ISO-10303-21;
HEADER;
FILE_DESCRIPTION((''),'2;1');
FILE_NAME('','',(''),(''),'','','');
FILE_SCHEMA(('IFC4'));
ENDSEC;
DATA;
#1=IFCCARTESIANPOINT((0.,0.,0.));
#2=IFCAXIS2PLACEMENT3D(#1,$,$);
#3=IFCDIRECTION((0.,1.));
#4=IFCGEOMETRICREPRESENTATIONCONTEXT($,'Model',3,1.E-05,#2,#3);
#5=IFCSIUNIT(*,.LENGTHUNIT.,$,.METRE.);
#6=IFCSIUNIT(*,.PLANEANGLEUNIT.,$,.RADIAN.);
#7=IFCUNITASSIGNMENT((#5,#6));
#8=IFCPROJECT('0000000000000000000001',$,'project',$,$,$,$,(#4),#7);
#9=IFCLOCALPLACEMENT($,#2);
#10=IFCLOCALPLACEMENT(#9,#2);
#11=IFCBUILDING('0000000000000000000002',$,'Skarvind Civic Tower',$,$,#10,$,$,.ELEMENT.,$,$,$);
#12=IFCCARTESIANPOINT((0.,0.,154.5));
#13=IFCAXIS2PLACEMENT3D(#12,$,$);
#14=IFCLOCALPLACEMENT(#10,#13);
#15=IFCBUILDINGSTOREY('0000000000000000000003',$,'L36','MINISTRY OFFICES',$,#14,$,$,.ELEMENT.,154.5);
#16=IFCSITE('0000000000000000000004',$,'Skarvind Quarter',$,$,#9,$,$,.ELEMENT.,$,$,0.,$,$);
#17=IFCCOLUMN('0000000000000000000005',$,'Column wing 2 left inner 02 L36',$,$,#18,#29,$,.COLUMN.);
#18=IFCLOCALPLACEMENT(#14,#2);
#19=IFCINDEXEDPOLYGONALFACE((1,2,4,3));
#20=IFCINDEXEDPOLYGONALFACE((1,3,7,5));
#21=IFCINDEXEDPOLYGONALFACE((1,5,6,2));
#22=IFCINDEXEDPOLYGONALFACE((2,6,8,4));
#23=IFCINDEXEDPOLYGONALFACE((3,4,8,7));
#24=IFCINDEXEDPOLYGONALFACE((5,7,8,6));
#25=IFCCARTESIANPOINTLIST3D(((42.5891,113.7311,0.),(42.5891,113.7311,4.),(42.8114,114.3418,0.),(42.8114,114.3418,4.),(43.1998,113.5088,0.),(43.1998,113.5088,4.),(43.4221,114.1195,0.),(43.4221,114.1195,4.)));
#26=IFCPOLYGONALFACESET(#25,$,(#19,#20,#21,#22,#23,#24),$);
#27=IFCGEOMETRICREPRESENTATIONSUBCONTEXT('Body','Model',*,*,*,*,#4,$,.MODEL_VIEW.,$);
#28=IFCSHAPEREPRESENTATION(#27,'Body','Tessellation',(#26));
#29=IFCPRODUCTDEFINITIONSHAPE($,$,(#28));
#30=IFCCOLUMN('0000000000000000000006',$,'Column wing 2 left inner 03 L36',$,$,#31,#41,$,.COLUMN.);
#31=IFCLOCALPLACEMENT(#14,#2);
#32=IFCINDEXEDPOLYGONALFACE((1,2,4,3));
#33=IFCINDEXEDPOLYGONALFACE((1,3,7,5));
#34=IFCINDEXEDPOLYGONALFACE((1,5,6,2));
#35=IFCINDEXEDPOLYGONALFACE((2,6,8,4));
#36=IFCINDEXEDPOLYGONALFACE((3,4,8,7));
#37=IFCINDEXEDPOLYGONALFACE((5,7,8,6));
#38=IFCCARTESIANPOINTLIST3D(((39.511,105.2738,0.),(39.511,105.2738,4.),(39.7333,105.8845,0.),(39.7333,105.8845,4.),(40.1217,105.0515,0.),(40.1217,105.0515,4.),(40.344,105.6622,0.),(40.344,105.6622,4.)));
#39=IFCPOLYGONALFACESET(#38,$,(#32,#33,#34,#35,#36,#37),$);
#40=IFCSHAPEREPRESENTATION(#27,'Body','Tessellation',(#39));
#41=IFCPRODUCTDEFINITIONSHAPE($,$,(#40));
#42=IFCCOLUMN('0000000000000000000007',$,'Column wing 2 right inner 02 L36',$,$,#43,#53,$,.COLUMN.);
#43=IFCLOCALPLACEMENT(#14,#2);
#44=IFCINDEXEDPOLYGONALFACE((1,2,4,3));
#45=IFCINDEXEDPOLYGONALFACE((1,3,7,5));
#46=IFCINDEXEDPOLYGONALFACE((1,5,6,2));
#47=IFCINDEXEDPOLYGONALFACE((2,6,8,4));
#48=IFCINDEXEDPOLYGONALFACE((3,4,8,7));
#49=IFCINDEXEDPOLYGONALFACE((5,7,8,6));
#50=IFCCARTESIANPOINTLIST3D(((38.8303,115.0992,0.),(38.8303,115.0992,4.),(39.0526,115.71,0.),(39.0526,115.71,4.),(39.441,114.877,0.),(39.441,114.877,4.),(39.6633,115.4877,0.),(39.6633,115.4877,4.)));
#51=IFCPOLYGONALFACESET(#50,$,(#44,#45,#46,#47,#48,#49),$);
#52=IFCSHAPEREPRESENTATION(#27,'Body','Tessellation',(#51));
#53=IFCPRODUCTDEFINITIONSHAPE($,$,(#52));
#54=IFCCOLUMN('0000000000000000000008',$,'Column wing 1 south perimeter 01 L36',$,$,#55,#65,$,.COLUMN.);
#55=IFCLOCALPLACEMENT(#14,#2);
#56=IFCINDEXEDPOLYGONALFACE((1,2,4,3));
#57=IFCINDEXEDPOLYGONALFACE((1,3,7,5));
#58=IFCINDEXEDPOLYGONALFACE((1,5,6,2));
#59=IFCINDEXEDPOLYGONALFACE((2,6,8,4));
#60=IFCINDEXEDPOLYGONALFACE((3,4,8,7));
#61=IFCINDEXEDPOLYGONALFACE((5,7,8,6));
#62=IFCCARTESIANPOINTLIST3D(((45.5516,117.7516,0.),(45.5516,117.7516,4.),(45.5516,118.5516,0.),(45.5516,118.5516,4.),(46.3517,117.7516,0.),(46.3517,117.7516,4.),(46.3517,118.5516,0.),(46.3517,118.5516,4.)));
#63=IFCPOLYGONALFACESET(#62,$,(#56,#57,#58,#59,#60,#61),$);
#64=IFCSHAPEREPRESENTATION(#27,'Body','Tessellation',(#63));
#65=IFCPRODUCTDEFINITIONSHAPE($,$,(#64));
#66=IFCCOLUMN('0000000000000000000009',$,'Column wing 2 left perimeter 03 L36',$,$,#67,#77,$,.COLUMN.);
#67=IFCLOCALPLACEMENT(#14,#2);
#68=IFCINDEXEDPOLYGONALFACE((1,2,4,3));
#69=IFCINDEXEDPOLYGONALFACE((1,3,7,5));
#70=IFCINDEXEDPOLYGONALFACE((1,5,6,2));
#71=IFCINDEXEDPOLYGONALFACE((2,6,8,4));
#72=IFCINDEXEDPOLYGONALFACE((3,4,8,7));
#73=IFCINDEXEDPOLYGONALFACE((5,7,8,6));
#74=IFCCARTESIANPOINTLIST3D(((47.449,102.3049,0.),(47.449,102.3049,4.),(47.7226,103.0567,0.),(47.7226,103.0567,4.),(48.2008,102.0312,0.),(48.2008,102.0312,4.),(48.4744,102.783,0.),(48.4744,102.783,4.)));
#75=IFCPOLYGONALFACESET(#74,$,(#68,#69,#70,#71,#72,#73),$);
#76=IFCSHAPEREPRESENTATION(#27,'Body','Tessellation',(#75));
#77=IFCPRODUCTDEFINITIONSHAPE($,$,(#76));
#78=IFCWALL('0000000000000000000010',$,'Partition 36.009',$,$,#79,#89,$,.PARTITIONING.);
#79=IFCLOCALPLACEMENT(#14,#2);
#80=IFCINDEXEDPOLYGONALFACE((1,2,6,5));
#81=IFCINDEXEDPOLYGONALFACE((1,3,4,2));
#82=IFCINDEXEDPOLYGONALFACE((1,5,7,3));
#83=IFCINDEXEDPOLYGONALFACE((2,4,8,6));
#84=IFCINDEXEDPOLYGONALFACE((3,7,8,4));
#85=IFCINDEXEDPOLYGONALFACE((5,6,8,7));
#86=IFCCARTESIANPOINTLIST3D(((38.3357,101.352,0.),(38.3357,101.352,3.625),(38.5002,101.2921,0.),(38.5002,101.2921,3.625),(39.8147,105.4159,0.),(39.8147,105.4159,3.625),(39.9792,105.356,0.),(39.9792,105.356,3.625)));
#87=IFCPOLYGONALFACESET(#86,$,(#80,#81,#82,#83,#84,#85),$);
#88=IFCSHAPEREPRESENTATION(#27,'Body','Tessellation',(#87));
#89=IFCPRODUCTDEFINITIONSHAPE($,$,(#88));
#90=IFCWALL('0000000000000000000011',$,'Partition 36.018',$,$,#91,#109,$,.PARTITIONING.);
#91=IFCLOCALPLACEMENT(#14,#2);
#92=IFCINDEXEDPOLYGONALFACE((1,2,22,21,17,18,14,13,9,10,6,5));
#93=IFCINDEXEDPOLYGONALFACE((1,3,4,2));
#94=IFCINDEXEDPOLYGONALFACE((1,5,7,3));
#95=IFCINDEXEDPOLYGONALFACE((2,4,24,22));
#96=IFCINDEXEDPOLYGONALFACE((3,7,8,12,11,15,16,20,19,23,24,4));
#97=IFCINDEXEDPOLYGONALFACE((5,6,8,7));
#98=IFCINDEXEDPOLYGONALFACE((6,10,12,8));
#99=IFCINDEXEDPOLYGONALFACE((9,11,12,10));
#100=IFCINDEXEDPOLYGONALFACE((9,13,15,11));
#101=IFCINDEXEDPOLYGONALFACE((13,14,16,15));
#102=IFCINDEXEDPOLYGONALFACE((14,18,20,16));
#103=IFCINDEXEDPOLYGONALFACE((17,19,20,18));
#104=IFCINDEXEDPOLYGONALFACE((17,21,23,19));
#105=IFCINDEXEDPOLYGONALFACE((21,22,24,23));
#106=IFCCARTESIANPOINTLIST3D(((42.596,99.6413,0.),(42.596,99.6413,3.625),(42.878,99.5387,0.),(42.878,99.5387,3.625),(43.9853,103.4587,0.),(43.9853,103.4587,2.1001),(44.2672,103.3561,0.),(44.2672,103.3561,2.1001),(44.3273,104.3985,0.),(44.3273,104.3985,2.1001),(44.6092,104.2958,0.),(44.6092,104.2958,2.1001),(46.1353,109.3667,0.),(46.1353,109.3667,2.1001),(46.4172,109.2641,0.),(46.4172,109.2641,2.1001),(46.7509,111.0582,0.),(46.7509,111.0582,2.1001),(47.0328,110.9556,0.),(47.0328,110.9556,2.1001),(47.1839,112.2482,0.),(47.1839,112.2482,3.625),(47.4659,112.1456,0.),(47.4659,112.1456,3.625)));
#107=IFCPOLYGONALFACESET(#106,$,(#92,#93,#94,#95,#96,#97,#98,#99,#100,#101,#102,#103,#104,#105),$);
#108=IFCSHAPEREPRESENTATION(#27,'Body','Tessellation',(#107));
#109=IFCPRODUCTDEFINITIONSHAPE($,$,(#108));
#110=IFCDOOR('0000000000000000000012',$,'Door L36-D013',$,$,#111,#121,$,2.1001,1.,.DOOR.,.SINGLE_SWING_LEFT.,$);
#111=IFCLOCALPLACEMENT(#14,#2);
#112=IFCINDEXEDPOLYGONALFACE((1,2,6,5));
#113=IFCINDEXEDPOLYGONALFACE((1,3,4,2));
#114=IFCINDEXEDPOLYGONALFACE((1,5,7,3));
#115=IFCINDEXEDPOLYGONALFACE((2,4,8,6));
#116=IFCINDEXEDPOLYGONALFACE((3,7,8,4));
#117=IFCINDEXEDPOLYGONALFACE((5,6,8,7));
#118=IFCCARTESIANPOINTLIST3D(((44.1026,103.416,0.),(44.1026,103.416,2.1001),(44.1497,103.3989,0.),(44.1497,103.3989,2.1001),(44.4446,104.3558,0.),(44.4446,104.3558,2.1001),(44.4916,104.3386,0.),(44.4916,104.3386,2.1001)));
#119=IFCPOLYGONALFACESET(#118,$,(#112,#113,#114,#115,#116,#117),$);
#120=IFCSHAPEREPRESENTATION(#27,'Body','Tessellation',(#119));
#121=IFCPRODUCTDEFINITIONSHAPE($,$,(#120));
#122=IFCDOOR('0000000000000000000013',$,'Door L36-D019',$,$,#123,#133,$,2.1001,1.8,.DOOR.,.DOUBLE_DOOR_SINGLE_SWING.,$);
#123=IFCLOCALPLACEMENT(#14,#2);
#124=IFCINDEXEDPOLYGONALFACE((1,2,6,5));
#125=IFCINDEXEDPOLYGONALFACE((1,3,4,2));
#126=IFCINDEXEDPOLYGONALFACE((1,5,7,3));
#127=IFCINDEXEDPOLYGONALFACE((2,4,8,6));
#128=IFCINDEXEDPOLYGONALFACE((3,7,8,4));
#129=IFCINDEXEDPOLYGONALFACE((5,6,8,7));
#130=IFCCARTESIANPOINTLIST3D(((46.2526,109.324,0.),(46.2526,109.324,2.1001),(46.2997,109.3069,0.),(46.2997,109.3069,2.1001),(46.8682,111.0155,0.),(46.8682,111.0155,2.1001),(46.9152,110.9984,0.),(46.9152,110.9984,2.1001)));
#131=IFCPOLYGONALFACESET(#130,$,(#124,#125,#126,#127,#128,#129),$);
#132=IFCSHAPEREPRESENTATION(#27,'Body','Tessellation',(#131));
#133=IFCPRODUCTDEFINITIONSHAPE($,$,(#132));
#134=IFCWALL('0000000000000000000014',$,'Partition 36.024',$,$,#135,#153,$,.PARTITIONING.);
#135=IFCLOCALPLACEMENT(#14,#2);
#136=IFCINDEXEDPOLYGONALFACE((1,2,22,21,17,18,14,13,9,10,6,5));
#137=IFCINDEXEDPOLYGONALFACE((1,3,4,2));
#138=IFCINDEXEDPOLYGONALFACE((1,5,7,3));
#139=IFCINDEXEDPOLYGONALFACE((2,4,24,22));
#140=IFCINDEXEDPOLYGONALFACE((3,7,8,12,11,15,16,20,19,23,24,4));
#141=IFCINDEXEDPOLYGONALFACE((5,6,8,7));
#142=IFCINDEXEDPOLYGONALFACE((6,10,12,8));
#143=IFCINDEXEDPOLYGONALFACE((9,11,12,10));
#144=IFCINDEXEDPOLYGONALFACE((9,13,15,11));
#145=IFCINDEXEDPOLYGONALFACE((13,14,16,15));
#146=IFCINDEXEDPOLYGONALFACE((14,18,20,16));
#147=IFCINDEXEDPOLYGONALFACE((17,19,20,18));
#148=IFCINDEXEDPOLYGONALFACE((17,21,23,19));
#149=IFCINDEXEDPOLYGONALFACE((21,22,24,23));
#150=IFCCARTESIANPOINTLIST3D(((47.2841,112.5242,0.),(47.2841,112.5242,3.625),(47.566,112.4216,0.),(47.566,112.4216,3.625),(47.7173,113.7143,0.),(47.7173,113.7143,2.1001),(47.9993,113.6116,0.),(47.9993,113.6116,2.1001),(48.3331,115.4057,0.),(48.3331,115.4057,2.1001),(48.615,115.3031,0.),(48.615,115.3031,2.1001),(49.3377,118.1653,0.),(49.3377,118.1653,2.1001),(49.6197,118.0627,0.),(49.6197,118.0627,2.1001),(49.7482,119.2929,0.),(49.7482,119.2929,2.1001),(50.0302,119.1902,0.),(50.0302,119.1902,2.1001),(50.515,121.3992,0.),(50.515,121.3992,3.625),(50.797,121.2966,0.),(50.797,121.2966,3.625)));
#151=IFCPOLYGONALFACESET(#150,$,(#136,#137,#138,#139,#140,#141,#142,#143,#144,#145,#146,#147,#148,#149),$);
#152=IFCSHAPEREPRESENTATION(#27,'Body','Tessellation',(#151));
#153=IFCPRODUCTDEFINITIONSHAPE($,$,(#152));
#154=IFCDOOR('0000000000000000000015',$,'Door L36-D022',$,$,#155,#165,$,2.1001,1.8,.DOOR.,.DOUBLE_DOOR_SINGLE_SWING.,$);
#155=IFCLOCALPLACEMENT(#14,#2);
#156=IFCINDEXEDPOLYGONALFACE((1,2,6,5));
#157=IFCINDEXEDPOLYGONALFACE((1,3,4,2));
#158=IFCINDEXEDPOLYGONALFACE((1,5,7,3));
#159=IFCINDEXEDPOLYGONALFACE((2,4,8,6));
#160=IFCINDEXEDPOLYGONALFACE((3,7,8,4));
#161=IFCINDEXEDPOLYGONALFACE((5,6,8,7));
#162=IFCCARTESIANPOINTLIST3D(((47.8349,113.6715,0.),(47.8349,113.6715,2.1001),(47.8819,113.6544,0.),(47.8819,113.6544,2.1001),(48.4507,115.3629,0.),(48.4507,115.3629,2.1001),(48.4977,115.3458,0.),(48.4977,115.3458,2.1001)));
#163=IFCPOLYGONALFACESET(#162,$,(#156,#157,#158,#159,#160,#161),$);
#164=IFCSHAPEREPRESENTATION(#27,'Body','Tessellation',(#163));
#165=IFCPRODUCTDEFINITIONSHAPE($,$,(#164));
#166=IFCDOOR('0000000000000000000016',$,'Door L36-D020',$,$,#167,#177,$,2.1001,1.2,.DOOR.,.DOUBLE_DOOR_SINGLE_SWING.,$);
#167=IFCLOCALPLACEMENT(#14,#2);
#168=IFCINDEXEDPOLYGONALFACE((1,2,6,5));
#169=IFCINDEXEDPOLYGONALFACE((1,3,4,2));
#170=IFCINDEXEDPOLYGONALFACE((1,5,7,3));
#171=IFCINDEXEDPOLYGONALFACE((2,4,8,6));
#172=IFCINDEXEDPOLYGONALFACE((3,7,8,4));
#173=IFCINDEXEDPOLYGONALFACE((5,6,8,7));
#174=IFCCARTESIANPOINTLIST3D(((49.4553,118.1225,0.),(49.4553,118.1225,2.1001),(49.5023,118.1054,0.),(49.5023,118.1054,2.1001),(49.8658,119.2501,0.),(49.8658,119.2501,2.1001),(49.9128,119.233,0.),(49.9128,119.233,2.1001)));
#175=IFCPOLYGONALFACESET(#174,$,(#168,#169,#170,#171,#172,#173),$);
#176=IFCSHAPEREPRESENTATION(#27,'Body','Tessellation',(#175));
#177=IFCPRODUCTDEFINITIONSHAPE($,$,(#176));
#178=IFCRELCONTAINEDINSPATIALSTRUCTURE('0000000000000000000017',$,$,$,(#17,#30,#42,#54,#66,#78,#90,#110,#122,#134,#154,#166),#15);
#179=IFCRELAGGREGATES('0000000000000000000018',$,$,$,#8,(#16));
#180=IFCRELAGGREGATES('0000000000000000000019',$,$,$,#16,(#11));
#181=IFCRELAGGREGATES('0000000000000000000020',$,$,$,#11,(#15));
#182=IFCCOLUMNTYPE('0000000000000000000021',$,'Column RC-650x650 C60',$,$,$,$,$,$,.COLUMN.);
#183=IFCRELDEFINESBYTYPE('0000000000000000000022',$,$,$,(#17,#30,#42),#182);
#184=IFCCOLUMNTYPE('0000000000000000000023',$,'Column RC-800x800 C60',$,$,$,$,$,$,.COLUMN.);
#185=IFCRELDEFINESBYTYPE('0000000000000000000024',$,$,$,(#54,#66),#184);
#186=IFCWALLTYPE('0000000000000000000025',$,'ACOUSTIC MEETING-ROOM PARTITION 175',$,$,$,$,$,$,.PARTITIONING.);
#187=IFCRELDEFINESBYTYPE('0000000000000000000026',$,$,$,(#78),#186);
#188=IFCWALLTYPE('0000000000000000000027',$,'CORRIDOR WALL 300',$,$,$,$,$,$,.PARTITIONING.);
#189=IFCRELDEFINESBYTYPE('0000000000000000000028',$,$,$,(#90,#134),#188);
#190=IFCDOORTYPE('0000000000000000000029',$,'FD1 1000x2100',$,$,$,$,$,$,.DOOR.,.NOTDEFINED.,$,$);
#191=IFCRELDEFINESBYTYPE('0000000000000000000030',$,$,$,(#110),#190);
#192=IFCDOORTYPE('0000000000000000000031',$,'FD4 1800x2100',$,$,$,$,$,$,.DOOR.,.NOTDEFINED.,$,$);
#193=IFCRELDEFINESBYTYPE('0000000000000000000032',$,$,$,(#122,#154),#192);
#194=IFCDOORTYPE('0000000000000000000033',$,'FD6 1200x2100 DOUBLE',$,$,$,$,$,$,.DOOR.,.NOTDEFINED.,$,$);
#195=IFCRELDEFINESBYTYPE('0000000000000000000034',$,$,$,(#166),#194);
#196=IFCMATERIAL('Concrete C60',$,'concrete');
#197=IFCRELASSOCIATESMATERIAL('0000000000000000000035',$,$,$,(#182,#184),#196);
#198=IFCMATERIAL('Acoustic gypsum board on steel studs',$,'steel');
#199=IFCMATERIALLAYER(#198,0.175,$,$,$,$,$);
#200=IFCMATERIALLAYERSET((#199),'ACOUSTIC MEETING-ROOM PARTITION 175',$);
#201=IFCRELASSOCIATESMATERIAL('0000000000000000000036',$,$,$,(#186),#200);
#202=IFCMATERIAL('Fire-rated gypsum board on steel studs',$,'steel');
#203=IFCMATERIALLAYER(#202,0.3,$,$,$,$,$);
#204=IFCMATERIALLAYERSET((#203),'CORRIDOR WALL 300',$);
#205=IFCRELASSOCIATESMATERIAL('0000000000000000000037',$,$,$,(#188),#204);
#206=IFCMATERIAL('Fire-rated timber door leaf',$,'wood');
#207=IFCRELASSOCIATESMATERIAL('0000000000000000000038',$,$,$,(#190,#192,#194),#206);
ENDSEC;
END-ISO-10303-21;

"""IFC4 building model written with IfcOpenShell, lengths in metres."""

from ifc_helpers import new_model, si_unit, direction, frame, frame_2d, origin, origin_2d, place, context, subcontext, project, spatial, rectangle, extrude, material, layer, layer_set, material_profile, profile_set, type_object, element, fill, save


model = new_model("IFC4")

# Units and contexts
model_context = context("Model", 3, precision=1e-05, world=origin(), true_north=direction((0.0, 1.0)))
body_context = subcontext(model_context, "Body", "Model", "MODEL_VIEW")
ifc_project = project(units=[si_unit("LENGTHUNIT", "METRE"), si_unit("PLANEANGLEUNIT", "RADIAN")], contexts=[model_context])

# Site, building, storey
site_placement = place(None, origin())
site = spatial("IfcSite", under=ifc_project, at=site_placement, Name="Skarvind Quarter", CompositionType="ELEMENT", RefElevation=0.0)
building_placement = place(site_placement, origin())
building = spatial("IfcBuilding", under=site, at=building_placement, Name="Skarvind Civic Tower", CompositionType="ELEMENT")
storey_placement = place(building_placement, frame((0.0, 0.0, 154.5)))
storey = spatial("IfcBuildingStorey", under=building, at=storey_placement, Name="L36", Description="MINISTRY OFFICES", CompositionType="ELEMENT", Elevation=154.5)

# Columns
ifc_material_1 = material(Name="Concrete C60", Category="concrete")
ifc_material_profile_1 = material_profile(ifc_material_1, rectangle(XDim=0.6499, YDim=0.6499, at=origin_2d()), Name="RC-650x650")
ifc_profile_set_1 = profile_set([ifc_material_profile_1], Name="Concrete C60")
column_type_1 = type_object("IfcColumnType", Name="Column RC-650x650 C60", PredefinedType="COLUMN", material=ifc_profile_set_1)
for number, where, z_axis, x_axis, name in (
    (1, (43.0056, 113.9253, 0.0), (0.0, 0.0, 1.0), (-0.34202, -0.939693, 0.0), "Column wing 2 left inner 02 L36"),
    (2, (39.9275, 105.468, 0.0), (0.0, 0.0, 1.0), (-0.34202, -0.939693, 0.0), "Column wing 2 left inner 03 L36"),
    (3, (39.2468, 115.2935, 0.0), (0.0, 0.0, 1.0), (-0.34202, -0.939693, 0.0), "Column wing 2 right inner 02 L36"),
):
    element("IfcColumn", number, at=place(storey_placement, frame(where, z_axis=z_axis, x_axis=x_axis)), inside=storey, type_object=column_type_1, Name=name, PredefinedType="COLUMN", context=body_context, shape_type="SweptSolid", body=[
        extrude(rectangle(XDim=0.6499, YDim=0.6499, at=origin_2d()), origin(), (0.0, 0.0, 1.0), 4.0),
    ])
ifc_material_profile_2 = material_profile(ifc_material_1, rectangle(XDim=0.8, YDim=0.8, at=origin_2d()), Name="RC-800x800")
ifc_profile_set_2 = profile_set([ifc_material_profile_2], Name="Concrete C60")
column_type_2 = type_object("IfcColumnType", Name="Column RC-800x800 C60", PredefinedType="COLUMN", material=ifc_profile_set_2)
for number, where, z_axis, x_axis, name in (
    (4, (45.9517, 118.1516, 0.0), (0.0, 0.0, 1.0), (1.0, 0.0, 0.0), "Column wing 1 south perimeter 01 L36"),
    (5, (47.9617, 102.5439, 0.0), (0.0, 0.0, 1.0), (-0.34202, -0.939693, 0.0), "Column wing 2 left perimeter 03 L36"),
):
    element("IfcColumn", number, at=place(storey_placement, frame(where, z_axis=z_axis, x_axis=x_axis)), inside=storey, type_object=column_type_2, Name=name, PredefinedType="COLUMN", context=body_context, shape_type="SweptSolid", body=[
        extrude(rectangle(XDim=0.8, YDim=0.8, at=origin_2d()), origin(), (0.0, 0.0, 1.0), 4.0),
    ])

# Wall
ifc_material_2 = material(Name="Acoustic gypsum board on steel studs", Category="steel")
ifc_layer_1 = layer(ifc_material_2, 0.175)
ifc_layer_set_1 = layer_set([ifc_layer_1], Name="ACOUSTIC MEETING-ROOM PARTITION 175")
wall_type_1 = type_object("IfcWallType", Name="ACOUSTIC MEETING-ROOM PARTITION 175", PredefinedType="PARTITIONING", material=ifc_layer_set_1)
wall_1_placement = place(storey_placement, frame((38.418, 101.322, 0.0), z_axis=(0.0, 0.0, 1.0), x_axis=(0.341988, 0.939704, 0.0)))
element("IfcWall", 6, at=wall_1_placement, inside=storey, type_object=wall_type_1, Name="Partition 36.009", PredefinedType="PARTITIONING", context=body_context, shape_type="SweptSolid", body=[
    extrude(rectangle(XDim=4.3247, YDim=0.175, at=frame_2d((2.1624, 0.0))), origin(), (0.0, 0.0, 1.0), 3.625),
])

# Walls, openings, doors
ifc_material_3 = material(Name="Fire-rated gypsum board on steel studs", Category="steel")
ifc_layer_2 = layer(ifc_material_3, 0.3)
ifc_layer_set_2 = layer_set([ifc_layer_2], Name="CORRIDOR WALL 300")
wall_type_2 = type_object("IfcWallType", Name="CORRIDOR WALL 300", PredefinedType="PARTITIONING", material=ifc_layer_set_2)
wall_2_placement = place(storey_placement, frame((47.325, 112.197, 0.0), z_axis=(0.0, 0.0, 1.0), x_axis=(-0.341977, -0.939708, 0.0)))
wall_2 = element("IfcWall", 7, at=wall_2_placement, inside=storey, type_object=wall_type_2, Name="Partition 36.018", PredefinedType="PARTITIONING", context=body_context, shape_type="SweptSolid", body=[
    extrude(rectangle(XDim=13.4158, YDim=0.3, at=frame_2d((6.708, 0.0))), origin(), (0.0, 0.0, 1.0), 3.625),
])
opening_1_placement = place(wall_2_placement, frame((8.3535, 0.0, 0.0)))
opening_1 = element("IfcOpeningElement", 8, at=opening_1_placement, cuts=wall_2, PredefinedType="OPENING", context=body_context, shape_type="SweptSolid", body=[
    extrude(rectangle(XDim=1.0, YDim=2.1001, at=frame_2d((0.5, 1.05))), frame((0.0, 0.1599, 0.0), z_axis=(0.0, -1.0, 0.0), x_axis=(1.0, 0.0, 0.0)), (0.0, 0.0, 1.0), 0.3201),
])
opening_2_placement = place(wall_2_placement, frame((1.2666, 0.0, 0.0)))
opening_2 = element("IfcOpeningElement", 9, at=opening_2_placement, cuts=wall_2, PredefinedType="OPENING", context=body_context, shape_type="SweptSolid", body=[
    extrude(rectangle(XDim=1.8, YDim=2.1001, at=frame_2d((0.8999, 1.05))), frame((0.0, 0.1599, 0.0), z_axis=(0.0, -1.0, 0.0), x_axis=(1.0, 0.0, 0.0)), (0.0, 0.0, 1.0), 0.3201),
])
ifc_material_4 = material(Name="Fire-rated timber door leaf", Category="wood")
door_type_1 = type_object("IfcDoorType", Name="FD1 1000x2100", OperationType="NOTDEFINED", PredefinedType="DOOR", material=ifc_material_4)
door_1_placement = place(opening_1_placement, origin())
door_1 = element("IfcDoor", 10, at=door_1_placement, inside=storey, type_object=door_type_1, Name="Door L36-D013", OperationType="SINGLE_SWING_LEFT", OverallHeight=2.1001, OverallWidth=1.0, PredefinedType="DOOR", context=body_context, shape_type="SweptSolid", body=[
    extrude(rectangle(XDim=1.0, YDim=2.1001, at=frame_2d((0.5, 1.05))), frame((0.0, 0.0249, 0.0), z_axis=(0.0, -1.0, 0.0), x_axis=(1.0, 0.0, 0.0)), (0.0, 0.0, 1.0), 0.05),
])
fill(opening_1, door_1)
door_type_2 = type_object("IfcDoorType", Name="FD4 1800x2100", OperationType="NOTDEFINED", PredefinedType="DOOR", material=ifc_material_4)
door_2_placement = place(opening_2_placement, origin())
door_2 = element("IfcDoor", 11, at=door_2_placement, inside=storey, type_object=door_type_2, Name="Door L36-D019", OperationType="DOUBLE_DOOR_SINGLE_SWING", OverallHeight=2.1001, OverallWidth=1.8, PredefinedType="DOOR", context=body_context, shape_type="SweptSolid", body=[
    extrude(rectangle(XDim=1.8, YDim=2.1001, at=frame_2d((0.8999, 1.05))), frame((0.0, 0.0249, 0.0), z_axis=(0.0, -1.0, 0.0), x_axis=(1.0, 0.0, 0.0)), (0.0, 0.0, 1.0), 0.05),
])
fill(opening_2, door_2)
wall_3_placement = place(storey_placement, frame((47.425, 112.4729, 0.0), z_axis=(0.0, 0.0, 1.0), x_axis=(0.342088, 0.939668, 0.0)))
wall_3 = element("IfcWall", 12, at=wall_3_placement, inside=storey, type_object=wall_type_2, Name="Partition 36.024", PredefinedType="PARTITIONING", context=body_context, shape_type="SweptSolid", body=[
    extrude(rectangle(XDim=9.4448, YDim=0.3, at=frame_2d((4.7224, 0.0))), origin(), (0.0, 0.0, 1.0), 3.625),
])
opening_3_placement = place(wall_3_placement, frame((6.0032, 0.0, 0.0)))
opening_3 = element("IfcOpeningElement", 13, at=opening_3_placement, cuts=wall_3, PredefinedType="OPENING", context=body_context, shape_type="SweptSolid", body=[
    extrude(rectangle(XDim=1.2, YDim=2.1001, at=frame_2d((0.6001, 1.05))), frame((0.0, 0.1599, 0.0), z_axis=(0.0, -1.0, 0.0), x_axis=(1.0, 0.0, 0.0)), (0.0, 0.0, 1.0), 0.3201),
])
opening_4_placement = place(wall_3_placement, frame((1.2666, 0.0, 0.0)))
opening_4 = element("IfcOpeningElement", 14, at=opening_4_placement, cuts=wall_3, PredefinedType="OPENING", context=body_context, shape_type="SweptSolid", body=[
    extrude(rectangle(XDim=1.8, YDim=2.1001, at=frame_2d((0.8999, 1.05))), frame((0.0, 0.1599, 0.0), z_axis=(0.0, -1.0, 0.0), x_axis=(1.0, 0.0, 0.0)), (0.0, 0.0, 1.0), 0.3201),
])
door_3_placement = place(opening_4_placement, origin())
door_3 = element("IfcDoor", 15, at=door_3_placement, inside=storey, type_object=door_type_2, Name="Door L36-D022", OperationType="DOUBLE_DOOR_SINGLE_SWING", OverallHeight=2.1001, OverallWidth=1.8, PredefinedType="DOOR", context=body_context, shape_type="SweptSolid", body=[
    extrude(rectangle(XDim=1.8, YDim=2.1001, at=frame_2d((0.8999, 1.05))), frame((0.0, 0.0249, 0.0), z_axis=(0.0, -1.0, 0.0), x_axis=(1.0, 0.0, 0.0)), (0.0, 0.0, 1.0), 0.05),
])
fill(opening_4, door_3)
door_type_3 = type_object("IfcDoorType", Name="FD6 1200x2100 DOUBLE", OperationType="NOTDEFINED", PredefinedType="DOOR", material=ifc_material_4)
door_4_placement = place(opening_3_placement, origin())
door_4 = element("IfcDoor", 16, at=door_4_placement, inside=storey, type_object=door_type_3, Name="Door L36-D020", OperationType="DOUBLE_DOOR_SINGLE_SWING", OverallHeight=2.1001, OverallWidth=1.2, PredefinedType="DOOR", context=body_context, shape_type="SweptSolid", body=[
    extrude(rectangle(XDim=1.2, YDim=2.1001, at=frame_2d((0.6001, 1.05))), frame((0.0, 0.0249, 0.0), z_axis=(0.0, -1.0, 0.0), x_axis=(1.0, 0.0, 0.0)), (0.0, 0.0, 1.0), 0.05),
])
fill(opening_3, door_4)

save(model, "model.ifc")
